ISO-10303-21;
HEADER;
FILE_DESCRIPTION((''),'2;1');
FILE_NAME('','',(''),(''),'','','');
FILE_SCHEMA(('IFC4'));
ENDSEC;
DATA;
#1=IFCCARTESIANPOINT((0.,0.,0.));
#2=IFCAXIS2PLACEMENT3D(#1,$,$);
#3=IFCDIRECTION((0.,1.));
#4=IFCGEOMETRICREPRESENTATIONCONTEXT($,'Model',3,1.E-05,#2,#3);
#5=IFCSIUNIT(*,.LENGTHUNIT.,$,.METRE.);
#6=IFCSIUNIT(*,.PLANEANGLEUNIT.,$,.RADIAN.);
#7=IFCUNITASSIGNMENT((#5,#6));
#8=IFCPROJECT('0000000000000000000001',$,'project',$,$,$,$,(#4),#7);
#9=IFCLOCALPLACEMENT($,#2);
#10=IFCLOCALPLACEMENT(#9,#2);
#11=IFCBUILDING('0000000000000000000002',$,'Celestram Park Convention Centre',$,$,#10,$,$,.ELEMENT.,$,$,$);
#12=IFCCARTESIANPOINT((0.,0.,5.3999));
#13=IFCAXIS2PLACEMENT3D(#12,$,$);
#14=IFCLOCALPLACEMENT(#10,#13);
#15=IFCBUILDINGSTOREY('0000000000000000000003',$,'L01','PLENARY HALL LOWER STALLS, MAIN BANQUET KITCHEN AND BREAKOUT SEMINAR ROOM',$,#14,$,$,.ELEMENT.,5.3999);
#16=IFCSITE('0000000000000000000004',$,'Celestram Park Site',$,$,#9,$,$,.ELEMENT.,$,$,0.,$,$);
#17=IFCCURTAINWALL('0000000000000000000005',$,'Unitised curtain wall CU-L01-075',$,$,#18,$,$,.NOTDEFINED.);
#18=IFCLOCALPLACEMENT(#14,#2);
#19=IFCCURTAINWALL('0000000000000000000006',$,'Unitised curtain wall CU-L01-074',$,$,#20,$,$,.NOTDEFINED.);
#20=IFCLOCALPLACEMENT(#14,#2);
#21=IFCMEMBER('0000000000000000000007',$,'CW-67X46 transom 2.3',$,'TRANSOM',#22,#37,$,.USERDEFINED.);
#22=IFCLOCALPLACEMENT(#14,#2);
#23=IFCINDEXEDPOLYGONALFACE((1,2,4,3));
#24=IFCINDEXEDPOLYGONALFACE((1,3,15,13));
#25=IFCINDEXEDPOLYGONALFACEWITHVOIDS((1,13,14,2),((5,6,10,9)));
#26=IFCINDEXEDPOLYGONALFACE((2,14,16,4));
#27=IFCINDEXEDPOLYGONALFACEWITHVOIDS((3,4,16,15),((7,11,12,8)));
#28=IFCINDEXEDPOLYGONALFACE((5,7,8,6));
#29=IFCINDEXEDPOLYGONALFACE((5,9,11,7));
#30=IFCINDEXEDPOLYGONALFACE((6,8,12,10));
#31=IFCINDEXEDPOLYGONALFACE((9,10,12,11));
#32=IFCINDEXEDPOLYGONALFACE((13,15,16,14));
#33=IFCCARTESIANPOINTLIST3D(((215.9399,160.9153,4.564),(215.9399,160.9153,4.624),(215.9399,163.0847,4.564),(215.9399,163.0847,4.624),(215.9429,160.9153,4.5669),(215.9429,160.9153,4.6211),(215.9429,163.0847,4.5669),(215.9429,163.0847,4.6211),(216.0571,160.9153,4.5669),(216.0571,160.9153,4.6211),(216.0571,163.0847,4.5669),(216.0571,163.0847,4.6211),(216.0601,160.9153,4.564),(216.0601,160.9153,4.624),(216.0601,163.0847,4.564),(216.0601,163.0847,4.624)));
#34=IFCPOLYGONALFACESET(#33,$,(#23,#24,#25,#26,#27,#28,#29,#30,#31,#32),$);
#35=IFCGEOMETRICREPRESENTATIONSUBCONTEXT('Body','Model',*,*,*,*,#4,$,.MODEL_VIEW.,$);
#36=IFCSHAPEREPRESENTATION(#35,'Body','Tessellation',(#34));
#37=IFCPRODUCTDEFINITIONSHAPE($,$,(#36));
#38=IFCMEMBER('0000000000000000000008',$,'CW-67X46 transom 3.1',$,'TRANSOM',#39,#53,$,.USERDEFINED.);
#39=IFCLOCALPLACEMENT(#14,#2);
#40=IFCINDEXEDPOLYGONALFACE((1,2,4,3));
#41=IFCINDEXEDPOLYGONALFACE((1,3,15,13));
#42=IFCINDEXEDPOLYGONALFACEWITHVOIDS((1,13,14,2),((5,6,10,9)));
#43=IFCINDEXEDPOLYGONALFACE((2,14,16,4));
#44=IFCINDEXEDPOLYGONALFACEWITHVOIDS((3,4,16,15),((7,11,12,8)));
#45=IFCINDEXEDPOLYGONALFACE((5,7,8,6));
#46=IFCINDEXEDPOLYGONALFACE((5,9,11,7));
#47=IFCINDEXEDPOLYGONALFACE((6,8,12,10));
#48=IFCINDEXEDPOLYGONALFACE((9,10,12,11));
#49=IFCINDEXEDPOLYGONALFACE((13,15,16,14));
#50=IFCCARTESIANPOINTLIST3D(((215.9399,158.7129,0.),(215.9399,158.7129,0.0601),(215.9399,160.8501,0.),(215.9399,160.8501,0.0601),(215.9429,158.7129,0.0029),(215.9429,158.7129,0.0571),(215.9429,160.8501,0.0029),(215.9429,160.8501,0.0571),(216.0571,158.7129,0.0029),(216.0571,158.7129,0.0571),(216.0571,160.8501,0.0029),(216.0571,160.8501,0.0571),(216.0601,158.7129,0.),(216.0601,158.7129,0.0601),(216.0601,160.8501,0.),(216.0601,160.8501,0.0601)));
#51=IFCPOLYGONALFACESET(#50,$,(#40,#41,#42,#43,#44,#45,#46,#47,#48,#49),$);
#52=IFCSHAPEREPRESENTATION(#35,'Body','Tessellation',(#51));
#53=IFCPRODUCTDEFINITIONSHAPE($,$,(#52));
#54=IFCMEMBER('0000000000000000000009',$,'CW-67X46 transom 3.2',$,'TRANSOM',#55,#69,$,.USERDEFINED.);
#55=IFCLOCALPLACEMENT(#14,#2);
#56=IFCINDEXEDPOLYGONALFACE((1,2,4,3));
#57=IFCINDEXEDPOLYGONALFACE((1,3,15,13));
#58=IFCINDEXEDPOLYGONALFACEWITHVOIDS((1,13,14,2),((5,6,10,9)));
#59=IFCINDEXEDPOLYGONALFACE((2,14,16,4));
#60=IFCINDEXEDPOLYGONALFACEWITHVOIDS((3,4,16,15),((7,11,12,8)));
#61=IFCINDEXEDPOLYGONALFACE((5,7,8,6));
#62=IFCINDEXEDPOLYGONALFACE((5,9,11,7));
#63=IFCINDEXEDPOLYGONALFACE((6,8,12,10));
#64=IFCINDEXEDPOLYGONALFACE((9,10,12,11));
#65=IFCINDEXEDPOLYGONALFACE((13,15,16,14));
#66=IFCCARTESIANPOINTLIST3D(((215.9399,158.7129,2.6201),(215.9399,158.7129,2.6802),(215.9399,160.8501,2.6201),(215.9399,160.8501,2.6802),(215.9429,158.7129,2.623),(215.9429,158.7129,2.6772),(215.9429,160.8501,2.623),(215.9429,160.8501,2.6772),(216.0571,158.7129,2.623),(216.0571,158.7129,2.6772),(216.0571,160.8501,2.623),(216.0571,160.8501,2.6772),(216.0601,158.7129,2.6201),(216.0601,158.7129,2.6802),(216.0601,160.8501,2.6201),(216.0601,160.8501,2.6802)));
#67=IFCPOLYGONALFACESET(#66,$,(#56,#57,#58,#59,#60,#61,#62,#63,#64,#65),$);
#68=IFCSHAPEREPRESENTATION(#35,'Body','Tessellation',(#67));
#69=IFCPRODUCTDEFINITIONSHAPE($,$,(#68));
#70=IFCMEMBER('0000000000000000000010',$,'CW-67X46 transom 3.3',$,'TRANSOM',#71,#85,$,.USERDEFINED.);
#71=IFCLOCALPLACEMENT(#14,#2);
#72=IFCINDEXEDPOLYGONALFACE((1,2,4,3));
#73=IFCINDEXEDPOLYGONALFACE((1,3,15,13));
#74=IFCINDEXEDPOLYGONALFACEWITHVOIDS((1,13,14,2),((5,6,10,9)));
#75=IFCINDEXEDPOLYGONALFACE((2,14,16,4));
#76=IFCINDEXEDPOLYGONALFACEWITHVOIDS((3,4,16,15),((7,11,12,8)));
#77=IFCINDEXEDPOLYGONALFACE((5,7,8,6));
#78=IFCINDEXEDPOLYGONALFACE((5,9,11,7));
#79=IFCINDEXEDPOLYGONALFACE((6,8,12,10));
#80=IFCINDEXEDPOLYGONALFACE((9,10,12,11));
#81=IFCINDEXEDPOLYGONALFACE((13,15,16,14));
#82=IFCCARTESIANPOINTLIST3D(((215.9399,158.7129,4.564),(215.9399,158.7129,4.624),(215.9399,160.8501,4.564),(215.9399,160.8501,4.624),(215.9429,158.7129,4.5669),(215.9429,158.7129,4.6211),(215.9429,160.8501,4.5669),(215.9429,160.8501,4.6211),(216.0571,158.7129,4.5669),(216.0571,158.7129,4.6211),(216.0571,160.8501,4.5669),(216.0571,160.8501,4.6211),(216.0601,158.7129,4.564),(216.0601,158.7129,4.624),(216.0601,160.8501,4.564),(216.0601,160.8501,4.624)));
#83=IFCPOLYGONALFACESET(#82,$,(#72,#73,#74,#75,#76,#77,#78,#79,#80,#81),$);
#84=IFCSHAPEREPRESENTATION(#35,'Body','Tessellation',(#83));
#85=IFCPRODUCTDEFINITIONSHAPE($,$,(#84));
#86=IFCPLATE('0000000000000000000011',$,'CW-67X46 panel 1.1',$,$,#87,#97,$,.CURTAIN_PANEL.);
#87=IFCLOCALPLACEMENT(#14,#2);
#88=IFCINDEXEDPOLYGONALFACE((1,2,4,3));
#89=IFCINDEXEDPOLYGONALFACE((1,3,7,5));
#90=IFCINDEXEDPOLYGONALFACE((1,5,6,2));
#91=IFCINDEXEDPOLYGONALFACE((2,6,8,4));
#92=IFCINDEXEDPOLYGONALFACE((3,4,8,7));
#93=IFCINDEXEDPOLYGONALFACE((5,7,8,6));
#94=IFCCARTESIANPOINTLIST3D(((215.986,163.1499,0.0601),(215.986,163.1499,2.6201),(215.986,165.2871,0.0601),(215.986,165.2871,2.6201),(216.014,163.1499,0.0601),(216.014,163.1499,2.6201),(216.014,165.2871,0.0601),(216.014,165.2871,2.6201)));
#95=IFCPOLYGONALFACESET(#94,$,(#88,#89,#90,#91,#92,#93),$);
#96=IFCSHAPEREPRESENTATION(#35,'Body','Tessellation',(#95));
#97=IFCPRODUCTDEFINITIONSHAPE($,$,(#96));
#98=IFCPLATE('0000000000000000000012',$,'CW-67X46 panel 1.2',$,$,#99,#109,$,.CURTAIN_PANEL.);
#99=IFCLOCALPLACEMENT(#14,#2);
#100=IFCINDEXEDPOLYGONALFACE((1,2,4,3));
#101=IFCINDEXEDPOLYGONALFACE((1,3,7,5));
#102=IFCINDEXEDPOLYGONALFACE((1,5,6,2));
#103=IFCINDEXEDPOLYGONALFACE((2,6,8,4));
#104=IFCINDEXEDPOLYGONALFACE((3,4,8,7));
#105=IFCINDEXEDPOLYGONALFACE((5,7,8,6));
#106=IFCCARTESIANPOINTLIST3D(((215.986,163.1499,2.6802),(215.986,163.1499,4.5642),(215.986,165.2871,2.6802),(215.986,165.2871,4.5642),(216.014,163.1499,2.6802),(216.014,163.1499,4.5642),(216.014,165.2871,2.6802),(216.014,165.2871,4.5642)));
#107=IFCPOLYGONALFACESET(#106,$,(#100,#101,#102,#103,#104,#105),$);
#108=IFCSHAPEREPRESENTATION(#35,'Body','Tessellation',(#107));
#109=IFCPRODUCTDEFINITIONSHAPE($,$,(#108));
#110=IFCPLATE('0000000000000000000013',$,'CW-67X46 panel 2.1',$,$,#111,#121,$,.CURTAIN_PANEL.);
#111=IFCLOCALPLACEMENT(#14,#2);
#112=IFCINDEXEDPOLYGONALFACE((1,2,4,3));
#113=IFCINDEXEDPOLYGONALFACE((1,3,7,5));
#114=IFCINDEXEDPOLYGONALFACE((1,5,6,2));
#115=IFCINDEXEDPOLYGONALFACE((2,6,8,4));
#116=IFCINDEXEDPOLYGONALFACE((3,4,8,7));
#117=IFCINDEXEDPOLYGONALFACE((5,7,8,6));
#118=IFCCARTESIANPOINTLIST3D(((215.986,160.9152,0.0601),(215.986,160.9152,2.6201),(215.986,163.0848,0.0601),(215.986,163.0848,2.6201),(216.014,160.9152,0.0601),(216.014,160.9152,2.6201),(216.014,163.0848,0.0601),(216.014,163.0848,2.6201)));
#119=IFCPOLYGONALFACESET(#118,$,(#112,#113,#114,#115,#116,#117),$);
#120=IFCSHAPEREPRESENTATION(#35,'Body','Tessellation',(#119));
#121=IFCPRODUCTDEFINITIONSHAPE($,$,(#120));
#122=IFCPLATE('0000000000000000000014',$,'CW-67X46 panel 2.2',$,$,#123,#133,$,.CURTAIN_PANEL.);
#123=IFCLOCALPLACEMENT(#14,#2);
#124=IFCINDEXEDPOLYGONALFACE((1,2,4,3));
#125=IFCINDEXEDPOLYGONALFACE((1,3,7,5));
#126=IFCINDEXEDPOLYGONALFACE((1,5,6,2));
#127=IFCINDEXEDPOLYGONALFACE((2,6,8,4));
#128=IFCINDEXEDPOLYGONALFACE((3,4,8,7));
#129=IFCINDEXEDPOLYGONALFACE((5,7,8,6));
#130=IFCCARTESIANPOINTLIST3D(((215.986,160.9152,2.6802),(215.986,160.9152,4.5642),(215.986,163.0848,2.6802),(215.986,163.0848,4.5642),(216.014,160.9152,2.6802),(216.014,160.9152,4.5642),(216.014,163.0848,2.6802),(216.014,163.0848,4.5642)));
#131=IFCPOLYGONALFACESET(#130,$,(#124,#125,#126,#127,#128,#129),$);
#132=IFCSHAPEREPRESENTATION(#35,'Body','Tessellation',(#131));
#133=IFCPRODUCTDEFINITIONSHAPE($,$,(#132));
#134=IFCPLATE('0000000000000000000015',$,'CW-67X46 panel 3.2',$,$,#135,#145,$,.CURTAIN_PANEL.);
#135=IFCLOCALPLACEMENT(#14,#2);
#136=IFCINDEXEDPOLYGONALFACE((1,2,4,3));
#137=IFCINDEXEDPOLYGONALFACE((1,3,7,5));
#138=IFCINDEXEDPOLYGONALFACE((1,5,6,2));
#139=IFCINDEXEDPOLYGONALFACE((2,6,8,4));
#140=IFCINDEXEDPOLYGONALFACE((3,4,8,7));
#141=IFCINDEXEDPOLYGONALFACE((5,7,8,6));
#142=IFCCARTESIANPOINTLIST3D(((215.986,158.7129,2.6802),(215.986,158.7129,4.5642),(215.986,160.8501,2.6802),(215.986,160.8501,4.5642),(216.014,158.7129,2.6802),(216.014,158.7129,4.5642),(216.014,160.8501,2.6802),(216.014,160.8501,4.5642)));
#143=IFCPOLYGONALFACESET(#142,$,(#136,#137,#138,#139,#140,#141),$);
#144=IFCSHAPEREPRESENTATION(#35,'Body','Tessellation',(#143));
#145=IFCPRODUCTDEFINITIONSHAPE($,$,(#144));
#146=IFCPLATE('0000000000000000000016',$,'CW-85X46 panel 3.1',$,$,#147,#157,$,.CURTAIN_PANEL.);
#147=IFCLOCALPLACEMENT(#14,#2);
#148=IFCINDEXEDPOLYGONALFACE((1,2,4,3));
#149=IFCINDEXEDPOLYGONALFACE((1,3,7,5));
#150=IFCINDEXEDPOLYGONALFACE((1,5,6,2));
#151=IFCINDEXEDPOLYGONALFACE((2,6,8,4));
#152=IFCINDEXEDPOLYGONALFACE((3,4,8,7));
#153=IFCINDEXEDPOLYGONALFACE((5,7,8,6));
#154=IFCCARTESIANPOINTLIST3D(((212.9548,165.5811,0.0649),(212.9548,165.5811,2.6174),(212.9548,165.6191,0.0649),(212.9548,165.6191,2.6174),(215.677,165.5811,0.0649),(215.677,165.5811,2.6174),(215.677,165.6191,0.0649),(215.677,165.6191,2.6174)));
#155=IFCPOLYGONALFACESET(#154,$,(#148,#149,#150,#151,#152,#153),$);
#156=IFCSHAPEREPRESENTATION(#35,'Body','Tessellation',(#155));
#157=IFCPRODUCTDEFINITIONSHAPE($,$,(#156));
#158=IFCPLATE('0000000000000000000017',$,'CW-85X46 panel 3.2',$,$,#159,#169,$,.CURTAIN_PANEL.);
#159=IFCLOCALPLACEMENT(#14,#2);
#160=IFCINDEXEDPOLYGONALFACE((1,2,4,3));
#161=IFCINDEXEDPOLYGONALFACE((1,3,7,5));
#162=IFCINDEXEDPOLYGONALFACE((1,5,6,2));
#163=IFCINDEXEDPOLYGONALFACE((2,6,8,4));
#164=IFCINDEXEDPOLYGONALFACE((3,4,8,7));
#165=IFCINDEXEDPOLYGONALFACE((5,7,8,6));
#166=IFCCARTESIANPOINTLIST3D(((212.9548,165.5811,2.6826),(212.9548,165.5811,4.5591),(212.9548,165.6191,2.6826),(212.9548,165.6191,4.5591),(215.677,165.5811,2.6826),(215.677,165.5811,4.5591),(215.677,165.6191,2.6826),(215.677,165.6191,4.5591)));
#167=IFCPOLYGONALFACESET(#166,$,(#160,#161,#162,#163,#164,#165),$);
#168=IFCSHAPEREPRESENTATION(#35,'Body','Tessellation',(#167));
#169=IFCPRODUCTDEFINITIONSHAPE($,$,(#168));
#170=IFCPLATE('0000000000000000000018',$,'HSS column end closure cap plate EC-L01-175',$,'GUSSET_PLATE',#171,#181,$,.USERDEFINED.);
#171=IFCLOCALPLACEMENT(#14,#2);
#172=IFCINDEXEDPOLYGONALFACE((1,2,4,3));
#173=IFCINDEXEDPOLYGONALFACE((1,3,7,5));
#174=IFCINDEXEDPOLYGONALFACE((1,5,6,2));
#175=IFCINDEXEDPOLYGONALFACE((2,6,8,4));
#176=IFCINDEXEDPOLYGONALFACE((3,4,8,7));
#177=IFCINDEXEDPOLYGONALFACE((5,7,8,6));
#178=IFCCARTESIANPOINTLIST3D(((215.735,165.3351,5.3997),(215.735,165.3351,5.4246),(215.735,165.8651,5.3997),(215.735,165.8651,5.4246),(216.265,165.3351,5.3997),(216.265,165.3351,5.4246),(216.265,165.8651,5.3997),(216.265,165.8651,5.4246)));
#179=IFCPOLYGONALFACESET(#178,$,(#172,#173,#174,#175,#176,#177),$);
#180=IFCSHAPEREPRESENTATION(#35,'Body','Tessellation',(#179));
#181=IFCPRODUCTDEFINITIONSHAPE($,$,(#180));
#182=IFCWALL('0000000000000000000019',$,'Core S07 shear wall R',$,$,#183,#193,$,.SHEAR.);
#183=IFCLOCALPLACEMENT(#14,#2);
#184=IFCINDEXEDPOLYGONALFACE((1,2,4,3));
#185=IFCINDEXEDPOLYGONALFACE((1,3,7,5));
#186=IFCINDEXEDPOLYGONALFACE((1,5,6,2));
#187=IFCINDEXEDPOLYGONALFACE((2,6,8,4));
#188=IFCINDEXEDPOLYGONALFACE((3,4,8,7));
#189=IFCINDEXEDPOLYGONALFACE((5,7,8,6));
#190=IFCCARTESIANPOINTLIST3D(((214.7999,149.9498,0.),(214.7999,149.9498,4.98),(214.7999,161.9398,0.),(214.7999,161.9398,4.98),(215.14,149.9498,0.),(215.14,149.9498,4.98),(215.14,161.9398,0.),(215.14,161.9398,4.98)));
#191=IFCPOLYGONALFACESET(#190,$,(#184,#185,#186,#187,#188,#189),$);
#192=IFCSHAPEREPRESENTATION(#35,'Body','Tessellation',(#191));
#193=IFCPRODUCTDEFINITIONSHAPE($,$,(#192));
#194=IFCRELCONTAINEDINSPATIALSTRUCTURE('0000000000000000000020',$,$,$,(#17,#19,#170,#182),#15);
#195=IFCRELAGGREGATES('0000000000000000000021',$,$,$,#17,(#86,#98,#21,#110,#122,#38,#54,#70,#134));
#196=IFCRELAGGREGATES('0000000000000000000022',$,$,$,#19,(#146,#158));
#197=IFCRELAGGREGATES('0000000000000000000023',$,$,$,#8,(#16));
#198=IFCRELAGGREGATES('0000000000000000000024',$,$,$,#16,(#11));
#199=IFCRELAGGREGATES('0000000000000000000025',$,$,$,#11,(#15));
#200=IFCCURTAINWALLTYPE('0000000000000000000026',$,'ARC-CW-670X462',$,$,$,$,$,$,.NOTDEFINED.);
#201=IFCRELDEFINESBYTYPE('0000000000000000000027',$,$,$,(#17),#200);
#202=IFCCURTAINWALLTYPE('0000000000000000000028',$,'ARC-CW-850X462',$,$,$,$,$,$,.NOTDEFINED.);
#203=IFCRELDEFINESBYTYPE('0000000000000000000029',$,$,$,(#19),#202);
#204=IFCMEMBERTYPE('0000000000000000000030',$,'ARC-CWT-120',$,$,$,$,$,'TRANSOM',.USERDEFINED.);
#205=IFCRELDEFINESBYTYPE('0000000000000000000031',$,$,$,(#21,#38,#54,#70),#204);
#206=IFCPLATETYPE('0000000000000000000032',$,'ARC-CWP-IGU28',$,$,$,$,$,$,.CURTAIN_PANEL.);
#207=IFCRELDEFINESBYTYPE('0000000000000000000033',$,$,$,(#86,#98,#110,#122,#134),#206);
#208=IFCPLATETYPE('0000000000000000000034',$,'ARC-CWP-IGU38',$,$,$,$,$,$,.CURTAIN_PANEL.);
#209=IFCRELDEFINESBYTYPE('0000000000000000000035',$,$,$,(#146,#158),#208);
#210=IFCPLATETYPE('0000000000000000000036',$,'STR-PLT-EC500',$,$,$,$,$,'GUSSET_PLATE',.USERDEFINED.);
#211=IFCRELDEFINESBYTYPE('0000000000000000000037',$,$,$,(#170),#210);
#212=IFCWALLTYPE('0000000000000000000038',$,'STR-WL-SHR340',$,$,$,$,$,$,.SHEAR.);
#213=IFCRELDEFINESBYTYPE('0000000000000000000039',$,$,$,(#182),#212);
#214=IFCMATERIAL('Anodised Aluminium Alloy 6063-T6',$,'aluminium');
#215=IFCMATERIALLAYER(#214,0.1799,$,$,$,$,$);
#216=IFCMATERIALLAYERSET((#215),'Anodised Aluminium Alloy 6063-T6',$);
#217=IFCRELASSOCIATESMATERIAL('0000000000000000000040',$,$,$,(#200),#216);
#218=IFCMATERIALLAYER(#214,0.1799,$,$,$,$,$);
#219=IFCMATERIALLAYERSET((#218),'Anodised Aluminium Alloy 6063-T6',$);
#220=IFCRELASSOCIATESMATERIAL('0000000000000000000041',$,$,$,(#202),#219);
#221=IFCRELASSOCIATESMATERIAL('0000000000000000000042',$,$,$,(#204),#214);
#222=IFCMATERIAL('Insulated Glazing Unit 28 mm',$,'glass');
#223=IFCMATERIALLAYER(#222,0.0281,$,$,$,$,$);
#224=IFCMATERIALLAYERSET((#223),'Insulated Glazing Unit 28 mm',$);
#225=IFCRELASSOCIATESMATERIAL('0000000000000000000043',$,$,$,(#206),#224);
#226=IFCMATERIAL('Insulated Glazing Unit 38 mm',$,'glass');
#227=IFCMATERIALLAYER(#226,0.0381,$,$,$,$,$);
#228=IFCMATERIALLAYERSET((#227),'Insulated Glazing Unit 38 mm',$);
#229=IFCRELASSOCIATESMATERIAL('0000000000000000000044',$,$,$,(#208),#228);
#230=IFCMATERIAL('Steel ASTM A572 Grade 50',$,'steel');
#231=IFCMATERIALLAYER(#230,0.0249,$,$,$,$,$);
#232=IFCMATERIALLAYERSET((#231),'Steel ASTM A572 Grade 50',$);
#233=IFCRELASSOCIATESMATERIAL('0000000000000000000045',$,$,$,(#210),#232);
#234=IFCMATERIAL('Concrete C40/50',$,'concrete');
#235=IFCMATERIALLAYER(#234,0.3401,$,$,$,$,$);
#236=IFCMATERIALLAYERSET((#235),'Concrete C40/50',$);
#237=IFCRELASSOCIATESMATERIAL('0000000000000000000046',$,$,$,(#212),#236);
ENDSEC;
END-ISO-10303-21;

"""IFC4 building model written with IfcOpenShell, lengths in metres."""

from ifc_helpers import new_model, si_unit, direction, frame, frame_2d, origin, origin_2d, place, context, subcontext, project, spatial, rectangle, hollow_rectangle, extrude, material, layer, layer_set, material_profile, profile_set, type_object, element, aggregate, save


model = new_model("IFC4")

# Units and contexts
model_context = context("Model", 3, precision=1e-05, world=origin(), true_north=direction((0.0, 1.0)))
body_context = subcontext(model_context, "Body", "Model", "MODEL_VIEW")
ifc_project = project(units=[si_unit("LENGTHUNIT", "METRE"), si_unit("PLANEANGLEUNIT", "RADIAN")], contexts=[model_context])

# Site, building, storey
site_placement = place(None, origin())
site = spatial("IfcSite", under=ifc_project, at=site_placement, Name="Celestram Park Site", CompositionType="ELEMENT", RefElevation=0.0)
building_placement = place(site_placement, origin())
building = spatial("IfcBuilding", under=site, at=building_placement, Name="Celestram Park Convention Centre", CompositionType="ELEMENT")
storey_placement = place(building_placement, frame((0.0, 0.0, 5.3999)))
storey = spatial("IfcBuildingStorey", under=building, at=storey_placement, Name="L01", Description="PLENARY HALL LOWER STALLS, MAIN BANQUET KITCHEN AND BREAKOUT SEMINAR ROOM", CompositionType="ELEMENT", Elevation=5.3999)

# Curtain wall
ifc_material_1 = material(Name="Anodised Aluminium Alloy 6063-T6", Category="aluminium")
ifc_layer_1 = layer(ifc_material_1, 0.1799)
ifc_layer_set_1 = layer_set([ifc_layer_1], Name="Anodised Aluminium Alloy 6063-T6")
curtain_wall_type_1 = type_object("IfcCurtainWallType", Name="ARC-CW-670X462", PredefinedType="NOTDEFINED", material=ifc_layer_set_1)
curtain_wall_1_placement = place(storey_placement, origin())
curtain_wall_1 = element("IfcCurtainWall", 1, at=curtain_wall_1_placement, inside=storey, type_object=curtain_wall_type_1, Name="Unitised curtain wall CU-L01-075", PredefinedType="NOTDEFINED")

# Curtain wall
ifc_layer_2 = layer(ifc_material_1, 0.1799)
ifc_layer_set_2 = layer_set([ifc_layer_2], Name="Anodised Aluminium Alloy 6063-T6")
curtain_wall_type_2 = type_object("IfcCurtainWallType", Name="ARC-CW-850X462", PredefinedType="NOTDEFINED", material=ifc_layer_set_2)
curtain_wall_2_placement = place(storey_placement, origin())
curtain_wall_2 = element("IfcCurtainWall", 2, at=curtain_wall_2_placement, inside=storey, type_object=curtain_wall_type_2, Name="Unitised curtain wall CU-L01-074", PredefinedType="NOTDEFINED")

# Members
ifc_material_profile_1 = material_profile(ifc_material_1, hollow_rectangle(XDim=0.1201, YDim=0.0601, WallThickness=0.0029, at=origin_2d()), Name="ALU120X60X3")
ifc_profile_set_1 = profile_set([ifc_material_profile_1], Name="Anodised Aluminium Alloy 6063-T6")
member_type_1 = type_object("IfcMemberType", Name="ARC-CWT-120", ElementType="TRANSOM", PredefinedType="USERDEFINED", material=ifc_profile_set_1)
member_1_placement = place(storey_placement, frame((216.0, 163.0847, 4.594), z_axis=(0.0, -1.0, 0.0), x_axis=(1.0, 0.0, 0.0)))
member_1 = element("IfcMember", 3, at=member_1_placement, type_object=member_type_1, Name="CW-67X46 transom 2.3", ObjectType="TRANSOM", PredefinedType="USERDEFINED", context=body_context, shape_type="SweptSolid", body=[
    extrude(hollow_rectangle(XDim=0.1201, YDim=0.0601, WallThickness=0.0029, at=origin_2d()), origin(), (0.0, 0.0, 1.0), 2.1694),
])
member_2_placement = place(storey_placement, frame((216.0, 160.8501, 0.03), z_axis=(0.0, -1.0, 0.0), x_axis=(1.0, 0.0, 0.0)))
member_2 = element("IfcMember", 4, at=member_2_placement, type_object=member_type_1, Name="CW-67X46 transom 3.1", ObjectType="TRANSOM", PredefinedType="USERDEFINED", context=body_context, shape_type="SweptSolid", body=[
    extrude(hollow_rectangle(XDim=0.1201, YDim=0.0601, WallThickness=0.0029, at=origin_2d()), origin(), (0.0, 0.0, 1.0), 2.1372),
])
member_3_placement = place(storey_placement, frame((216.0, 160.8501, 2.6501), z_axis=(0.0, -1.0, 0.0), x_axis=(1.0, 0.0, 0.0)))
member_3 = element("IfcMember", 5, at=member_3_placement, type_object=member_type_1, Name="CW-67X46 transom 3.2", ObjectType="TRANSOM", PredefinedType="USERDEFINED", context=body_context, shape_type="SweptSolid", body=[
    extrude(hollow_rectangle(XDim=0.1201, YDim=0.0601, WallThickness=0.0029, at=origin_2d()), origin(), (0.0, 0.0, 1.0), 2.1372),
])
member_4_placement = place(storey_placement, frame((216.0, 160.8501, 4.594), z_axis=(0.0, -1.0, 0.0), x_axis=(1.0, 0.0, 0.0)))
member_4 = element("IfcMember", 6, at=member_4_placement, type_object=member_type_1, Name="CW-67X46 transom 3.3", ObjectType="TRANSOM", PredefinedType="USERDEFINED", context=body_context, shape_type="SweptSolid", body=[
    extrude(hollow_rectangle(XDim=0.1201, YDim=0.0601, WallThickness=0.0029, at=origin_2d()), origin(), (0.0, 0.0, 1.0), 2.1372),
])

# Plates
ifc_material_2 = material(Name="Insulated Glazing Unit 28 mm", Category="glass")
ifc_layer_3 = layer(ifc_material_2, 0.0281)
ifc_layer_set_3 = layer_set([ifc_layer_3], Name="Insulated Glazing Unit 28 mm")
plate_type_1 = type_object("IfcPlateType", Name="ARC-CWP-IGU28", PredefinedType="CURTAIN_PANEL", material=ifc_layer_set_3)
plate_1_placement = place(storey_placement, frame((216.0, 164.2185, 0.0601), z_axis=(0.0, 0.0, 1.0), x_axis=(0.0, -1.0, 0.0)))
plate_1 = element("IfcPlate", 7, at=plate_1_placement, type_object=plate_type_1, Name="CW-67X46 panel 1.1", PredefinedType="CURTAIN_PANEL", context=body_context, shape_type="SweptSolid", body=[
    extrude(rectangle(XDim=2.1372, YDim=0.0281, at=origin_2d()), origin(), (0.0, 0.0, 1.0), 2.5601),
])
plate_2_placement = place(storey_placement, frame((216.0, 164.2185, 2.6802), z_axis=(0.0, 0.0, 1.0), x_axis=(0.0, -1.0, 0.0)))
plate_2 = element("IfcPlate", 8, at=plate_2_placement, type_object=plate_type_1, Name="CW-67X46 panel 1.2", PredefinedType="CURTAIN_PANEL", context=body_context, shape_type="SweptSolid", body=[
    extrude(rectangle(XDim=2.1372, YDim=0.0281, at=origin_2d()), origin(), (0.0, 0.0, 1.0), 1.884),
])
plate_3_placement = place(storey_placement, frame((216.0, 162.0, 0.0601), z_axis=(0.0, 0.0, 1.0), x_axis=(0.0, -1.0, 0.0)))
plate_3 = element("IfcPlate", 9, at=plate_3_placement, type_object=plate_type_1, Name="CW-67X46 panel 2.1", PredefinedType="CURTAIN_PANEL", context=body_context, shape_type="SweptSolid", body=[
    extrude(rectangle(XDim=2.1697, YDim=0.0281, at=origin_2d()), origin(), (0.0, 0.0, 1.0), 2.5601),
])
plate_4_placement = place(storey_placement, frame((216.0, 162.0, 2.6802), z_axis=(0.0, 0.0, 1.0), x_axis=(0.0, -1.0, 0.0)))
plate_4 = element("IfcPlate", 10, at=plate_4_placement, type_object=plate_type_1, Name="CW-67X46 panel 2.2", PredefinedType="CURTAIN_PANEL", context=body_context, shape_type="SweptSolid", body=[
    extrude(rectangle(XDim=2.1697, YDim=0.0281, at=origin_2d()), origin(), (0.0, 0.0, 1.0), 1.884),
])
plate_5_placement = place(storey_placement, frame((216.0, 159.7815, 2.6802), z_axis=(0.0, 0.0, 1.0), x_axis=(0.0, -1.0, 0.0)))
plate_5 = element("IfcPlate", 11, at=plate_5_placement, type_object=plate_type_1, Name="CW-67X46 panel 3.2", PredefinedType="CURTAIN_PANEL", context=body_context, shape_type="SweptSolid", body=[
    extrude(rectangle(XDim=2.1372, YDim=0.0281, at=origin_2d()), origin(), (0.0, 0.0, 1.0), 1.884),
])
aggregate(curtain_wall_1, [plate_1, plate_2, member_1, plate_3, plate_4, member_2, member_3, member_4, plate_5])
ifc_material_3 = material(Name="Insulated Glazing Unit 38 mm", Category="glass")
ifc_layer_4 = layer(ifc_material_3, 0.0381)
ifc_layer_set_4 = layer_set([ifc_layer_4], Name="Insulated Glazing Unit 38 mm")
plate_type_2 = type_object("IfcPlateType", Name="ARC-CWP-IGU38", PredefinedType="CURTAIN_PANEL", material=ifc_layer_set_4)
plate_6_placement = place(storey_placement, frame((214.3159, 165.6001, 0.0649), z_axis=(0.0, 0.0, 1.0), x_axis=(1.0, 0.0, 0.0)))
plate_6 = element("IfcPlate", 12, at=plate_6_placement, type_object=plate_type_2, Name="CW-85X46 panel 3.1", PredefinedType="CURTAIN_PANEL", context=body_context, shape_type="SweptSolid", body=[
    extrude(rectangle(XDim=2.7222, YDim=0.0381, at=origin_2d()), origin(), (0.0, 0.0, 1.0), 2.5525),
])
plate_7_placement = place(storey_placement, frame((214.3159, 165.6001, 2.6826), z_axis=(0.0, 0.0, 1.0), x_axis=(1.0, 0.0, 0.0)))
plate_7 = element("IfcPlate", 13, at=plate_7_placement, type_object=plate_type_2, Name="CW-85X46 panel 3.2", PredefinedType="CURTAIN_PANEL", context=body_context, shape_type="SweptSolid", body=[
    extrude(rectangle(XDim=2.7222, YDim=0.0381, at=origin_2d()), origin(), (0.0, 0.0, 1.0), 1.8765),
])
aggregate(curtain_wall_2, [plate_6, plate_7])
ifc_material_4 = material(Name="Steel ASTM A572 Grade 50", Category="steel")
ifc_layer_5 = layer(ifc_material_4, 0.0249)
ifc_layer_set_5 = layer_set([ifc_layer_5], Name="Steel ASTM A572 Grade 50")
plate_type_3 = type_object("IfcPlateType", Name="STR-PLT-EC500", ElementType="GUSSET_PLATE", PredefinedType="USERDEFINED", material=ifc_layer_set_5)
plate_8_placement = place(storey_placement, frame((216.0, 165.6001, 5.3997), z_axis=(0.0, 0.0, 1.0), x_axis=(1.0, 0.0, 0.0)))
element("IfcPlate", 14, at=plate_8_placement, inside=storey, type_object=plate_type_3, Name="HSS column end closure cap plate EC-L01-175", ObjectType="GUSSET_PLATE", PredefinedType="USERDEFINED", context=body_context, shape_type="SweptSolid", body=[
    extrude(rectangle(XDim=0.53, YDim=0.53, at=origin_2d()), origin(), (0.0, 0.0, 1.0), 0.0249),
])

# Wall
ifc_material_5 = material(Name="Concrete C40/50", Category="concrete")
ifc_layer_6 = layer(ifc_material_5, 0.3401)
ifc_layer_set_6 = layer_set([ifc_layer_6], Name="Concrete C40/50")
wall_type = type_object("IfcWallType", Name="STR-WL-SHR340", PredefinedType="SHEAR", material=ifc_layer_set_6)
wall_placement = place(storey_placement, frame((214.97, 161.9399, 0.0), z_axis=(0.0, 0.0, 1.0), x_axis=(0.0, -1.0, 0.0)))
element("IfcWall", 15, at=wall_placement, inside=storey, type_object=wall_type, Name="Core S07 shear wall R", PredefinedType="SHEAR", context=body_context, shape_type="SweptSolid", body=[
    extrude(rectangle(XDim=11.99, YDim=0.3401, at=frame_2d((5.9951, 0.0))), origin(), (0.0, 0.0, 1.0), 4.98),
])

save(model, "model.ifc")
